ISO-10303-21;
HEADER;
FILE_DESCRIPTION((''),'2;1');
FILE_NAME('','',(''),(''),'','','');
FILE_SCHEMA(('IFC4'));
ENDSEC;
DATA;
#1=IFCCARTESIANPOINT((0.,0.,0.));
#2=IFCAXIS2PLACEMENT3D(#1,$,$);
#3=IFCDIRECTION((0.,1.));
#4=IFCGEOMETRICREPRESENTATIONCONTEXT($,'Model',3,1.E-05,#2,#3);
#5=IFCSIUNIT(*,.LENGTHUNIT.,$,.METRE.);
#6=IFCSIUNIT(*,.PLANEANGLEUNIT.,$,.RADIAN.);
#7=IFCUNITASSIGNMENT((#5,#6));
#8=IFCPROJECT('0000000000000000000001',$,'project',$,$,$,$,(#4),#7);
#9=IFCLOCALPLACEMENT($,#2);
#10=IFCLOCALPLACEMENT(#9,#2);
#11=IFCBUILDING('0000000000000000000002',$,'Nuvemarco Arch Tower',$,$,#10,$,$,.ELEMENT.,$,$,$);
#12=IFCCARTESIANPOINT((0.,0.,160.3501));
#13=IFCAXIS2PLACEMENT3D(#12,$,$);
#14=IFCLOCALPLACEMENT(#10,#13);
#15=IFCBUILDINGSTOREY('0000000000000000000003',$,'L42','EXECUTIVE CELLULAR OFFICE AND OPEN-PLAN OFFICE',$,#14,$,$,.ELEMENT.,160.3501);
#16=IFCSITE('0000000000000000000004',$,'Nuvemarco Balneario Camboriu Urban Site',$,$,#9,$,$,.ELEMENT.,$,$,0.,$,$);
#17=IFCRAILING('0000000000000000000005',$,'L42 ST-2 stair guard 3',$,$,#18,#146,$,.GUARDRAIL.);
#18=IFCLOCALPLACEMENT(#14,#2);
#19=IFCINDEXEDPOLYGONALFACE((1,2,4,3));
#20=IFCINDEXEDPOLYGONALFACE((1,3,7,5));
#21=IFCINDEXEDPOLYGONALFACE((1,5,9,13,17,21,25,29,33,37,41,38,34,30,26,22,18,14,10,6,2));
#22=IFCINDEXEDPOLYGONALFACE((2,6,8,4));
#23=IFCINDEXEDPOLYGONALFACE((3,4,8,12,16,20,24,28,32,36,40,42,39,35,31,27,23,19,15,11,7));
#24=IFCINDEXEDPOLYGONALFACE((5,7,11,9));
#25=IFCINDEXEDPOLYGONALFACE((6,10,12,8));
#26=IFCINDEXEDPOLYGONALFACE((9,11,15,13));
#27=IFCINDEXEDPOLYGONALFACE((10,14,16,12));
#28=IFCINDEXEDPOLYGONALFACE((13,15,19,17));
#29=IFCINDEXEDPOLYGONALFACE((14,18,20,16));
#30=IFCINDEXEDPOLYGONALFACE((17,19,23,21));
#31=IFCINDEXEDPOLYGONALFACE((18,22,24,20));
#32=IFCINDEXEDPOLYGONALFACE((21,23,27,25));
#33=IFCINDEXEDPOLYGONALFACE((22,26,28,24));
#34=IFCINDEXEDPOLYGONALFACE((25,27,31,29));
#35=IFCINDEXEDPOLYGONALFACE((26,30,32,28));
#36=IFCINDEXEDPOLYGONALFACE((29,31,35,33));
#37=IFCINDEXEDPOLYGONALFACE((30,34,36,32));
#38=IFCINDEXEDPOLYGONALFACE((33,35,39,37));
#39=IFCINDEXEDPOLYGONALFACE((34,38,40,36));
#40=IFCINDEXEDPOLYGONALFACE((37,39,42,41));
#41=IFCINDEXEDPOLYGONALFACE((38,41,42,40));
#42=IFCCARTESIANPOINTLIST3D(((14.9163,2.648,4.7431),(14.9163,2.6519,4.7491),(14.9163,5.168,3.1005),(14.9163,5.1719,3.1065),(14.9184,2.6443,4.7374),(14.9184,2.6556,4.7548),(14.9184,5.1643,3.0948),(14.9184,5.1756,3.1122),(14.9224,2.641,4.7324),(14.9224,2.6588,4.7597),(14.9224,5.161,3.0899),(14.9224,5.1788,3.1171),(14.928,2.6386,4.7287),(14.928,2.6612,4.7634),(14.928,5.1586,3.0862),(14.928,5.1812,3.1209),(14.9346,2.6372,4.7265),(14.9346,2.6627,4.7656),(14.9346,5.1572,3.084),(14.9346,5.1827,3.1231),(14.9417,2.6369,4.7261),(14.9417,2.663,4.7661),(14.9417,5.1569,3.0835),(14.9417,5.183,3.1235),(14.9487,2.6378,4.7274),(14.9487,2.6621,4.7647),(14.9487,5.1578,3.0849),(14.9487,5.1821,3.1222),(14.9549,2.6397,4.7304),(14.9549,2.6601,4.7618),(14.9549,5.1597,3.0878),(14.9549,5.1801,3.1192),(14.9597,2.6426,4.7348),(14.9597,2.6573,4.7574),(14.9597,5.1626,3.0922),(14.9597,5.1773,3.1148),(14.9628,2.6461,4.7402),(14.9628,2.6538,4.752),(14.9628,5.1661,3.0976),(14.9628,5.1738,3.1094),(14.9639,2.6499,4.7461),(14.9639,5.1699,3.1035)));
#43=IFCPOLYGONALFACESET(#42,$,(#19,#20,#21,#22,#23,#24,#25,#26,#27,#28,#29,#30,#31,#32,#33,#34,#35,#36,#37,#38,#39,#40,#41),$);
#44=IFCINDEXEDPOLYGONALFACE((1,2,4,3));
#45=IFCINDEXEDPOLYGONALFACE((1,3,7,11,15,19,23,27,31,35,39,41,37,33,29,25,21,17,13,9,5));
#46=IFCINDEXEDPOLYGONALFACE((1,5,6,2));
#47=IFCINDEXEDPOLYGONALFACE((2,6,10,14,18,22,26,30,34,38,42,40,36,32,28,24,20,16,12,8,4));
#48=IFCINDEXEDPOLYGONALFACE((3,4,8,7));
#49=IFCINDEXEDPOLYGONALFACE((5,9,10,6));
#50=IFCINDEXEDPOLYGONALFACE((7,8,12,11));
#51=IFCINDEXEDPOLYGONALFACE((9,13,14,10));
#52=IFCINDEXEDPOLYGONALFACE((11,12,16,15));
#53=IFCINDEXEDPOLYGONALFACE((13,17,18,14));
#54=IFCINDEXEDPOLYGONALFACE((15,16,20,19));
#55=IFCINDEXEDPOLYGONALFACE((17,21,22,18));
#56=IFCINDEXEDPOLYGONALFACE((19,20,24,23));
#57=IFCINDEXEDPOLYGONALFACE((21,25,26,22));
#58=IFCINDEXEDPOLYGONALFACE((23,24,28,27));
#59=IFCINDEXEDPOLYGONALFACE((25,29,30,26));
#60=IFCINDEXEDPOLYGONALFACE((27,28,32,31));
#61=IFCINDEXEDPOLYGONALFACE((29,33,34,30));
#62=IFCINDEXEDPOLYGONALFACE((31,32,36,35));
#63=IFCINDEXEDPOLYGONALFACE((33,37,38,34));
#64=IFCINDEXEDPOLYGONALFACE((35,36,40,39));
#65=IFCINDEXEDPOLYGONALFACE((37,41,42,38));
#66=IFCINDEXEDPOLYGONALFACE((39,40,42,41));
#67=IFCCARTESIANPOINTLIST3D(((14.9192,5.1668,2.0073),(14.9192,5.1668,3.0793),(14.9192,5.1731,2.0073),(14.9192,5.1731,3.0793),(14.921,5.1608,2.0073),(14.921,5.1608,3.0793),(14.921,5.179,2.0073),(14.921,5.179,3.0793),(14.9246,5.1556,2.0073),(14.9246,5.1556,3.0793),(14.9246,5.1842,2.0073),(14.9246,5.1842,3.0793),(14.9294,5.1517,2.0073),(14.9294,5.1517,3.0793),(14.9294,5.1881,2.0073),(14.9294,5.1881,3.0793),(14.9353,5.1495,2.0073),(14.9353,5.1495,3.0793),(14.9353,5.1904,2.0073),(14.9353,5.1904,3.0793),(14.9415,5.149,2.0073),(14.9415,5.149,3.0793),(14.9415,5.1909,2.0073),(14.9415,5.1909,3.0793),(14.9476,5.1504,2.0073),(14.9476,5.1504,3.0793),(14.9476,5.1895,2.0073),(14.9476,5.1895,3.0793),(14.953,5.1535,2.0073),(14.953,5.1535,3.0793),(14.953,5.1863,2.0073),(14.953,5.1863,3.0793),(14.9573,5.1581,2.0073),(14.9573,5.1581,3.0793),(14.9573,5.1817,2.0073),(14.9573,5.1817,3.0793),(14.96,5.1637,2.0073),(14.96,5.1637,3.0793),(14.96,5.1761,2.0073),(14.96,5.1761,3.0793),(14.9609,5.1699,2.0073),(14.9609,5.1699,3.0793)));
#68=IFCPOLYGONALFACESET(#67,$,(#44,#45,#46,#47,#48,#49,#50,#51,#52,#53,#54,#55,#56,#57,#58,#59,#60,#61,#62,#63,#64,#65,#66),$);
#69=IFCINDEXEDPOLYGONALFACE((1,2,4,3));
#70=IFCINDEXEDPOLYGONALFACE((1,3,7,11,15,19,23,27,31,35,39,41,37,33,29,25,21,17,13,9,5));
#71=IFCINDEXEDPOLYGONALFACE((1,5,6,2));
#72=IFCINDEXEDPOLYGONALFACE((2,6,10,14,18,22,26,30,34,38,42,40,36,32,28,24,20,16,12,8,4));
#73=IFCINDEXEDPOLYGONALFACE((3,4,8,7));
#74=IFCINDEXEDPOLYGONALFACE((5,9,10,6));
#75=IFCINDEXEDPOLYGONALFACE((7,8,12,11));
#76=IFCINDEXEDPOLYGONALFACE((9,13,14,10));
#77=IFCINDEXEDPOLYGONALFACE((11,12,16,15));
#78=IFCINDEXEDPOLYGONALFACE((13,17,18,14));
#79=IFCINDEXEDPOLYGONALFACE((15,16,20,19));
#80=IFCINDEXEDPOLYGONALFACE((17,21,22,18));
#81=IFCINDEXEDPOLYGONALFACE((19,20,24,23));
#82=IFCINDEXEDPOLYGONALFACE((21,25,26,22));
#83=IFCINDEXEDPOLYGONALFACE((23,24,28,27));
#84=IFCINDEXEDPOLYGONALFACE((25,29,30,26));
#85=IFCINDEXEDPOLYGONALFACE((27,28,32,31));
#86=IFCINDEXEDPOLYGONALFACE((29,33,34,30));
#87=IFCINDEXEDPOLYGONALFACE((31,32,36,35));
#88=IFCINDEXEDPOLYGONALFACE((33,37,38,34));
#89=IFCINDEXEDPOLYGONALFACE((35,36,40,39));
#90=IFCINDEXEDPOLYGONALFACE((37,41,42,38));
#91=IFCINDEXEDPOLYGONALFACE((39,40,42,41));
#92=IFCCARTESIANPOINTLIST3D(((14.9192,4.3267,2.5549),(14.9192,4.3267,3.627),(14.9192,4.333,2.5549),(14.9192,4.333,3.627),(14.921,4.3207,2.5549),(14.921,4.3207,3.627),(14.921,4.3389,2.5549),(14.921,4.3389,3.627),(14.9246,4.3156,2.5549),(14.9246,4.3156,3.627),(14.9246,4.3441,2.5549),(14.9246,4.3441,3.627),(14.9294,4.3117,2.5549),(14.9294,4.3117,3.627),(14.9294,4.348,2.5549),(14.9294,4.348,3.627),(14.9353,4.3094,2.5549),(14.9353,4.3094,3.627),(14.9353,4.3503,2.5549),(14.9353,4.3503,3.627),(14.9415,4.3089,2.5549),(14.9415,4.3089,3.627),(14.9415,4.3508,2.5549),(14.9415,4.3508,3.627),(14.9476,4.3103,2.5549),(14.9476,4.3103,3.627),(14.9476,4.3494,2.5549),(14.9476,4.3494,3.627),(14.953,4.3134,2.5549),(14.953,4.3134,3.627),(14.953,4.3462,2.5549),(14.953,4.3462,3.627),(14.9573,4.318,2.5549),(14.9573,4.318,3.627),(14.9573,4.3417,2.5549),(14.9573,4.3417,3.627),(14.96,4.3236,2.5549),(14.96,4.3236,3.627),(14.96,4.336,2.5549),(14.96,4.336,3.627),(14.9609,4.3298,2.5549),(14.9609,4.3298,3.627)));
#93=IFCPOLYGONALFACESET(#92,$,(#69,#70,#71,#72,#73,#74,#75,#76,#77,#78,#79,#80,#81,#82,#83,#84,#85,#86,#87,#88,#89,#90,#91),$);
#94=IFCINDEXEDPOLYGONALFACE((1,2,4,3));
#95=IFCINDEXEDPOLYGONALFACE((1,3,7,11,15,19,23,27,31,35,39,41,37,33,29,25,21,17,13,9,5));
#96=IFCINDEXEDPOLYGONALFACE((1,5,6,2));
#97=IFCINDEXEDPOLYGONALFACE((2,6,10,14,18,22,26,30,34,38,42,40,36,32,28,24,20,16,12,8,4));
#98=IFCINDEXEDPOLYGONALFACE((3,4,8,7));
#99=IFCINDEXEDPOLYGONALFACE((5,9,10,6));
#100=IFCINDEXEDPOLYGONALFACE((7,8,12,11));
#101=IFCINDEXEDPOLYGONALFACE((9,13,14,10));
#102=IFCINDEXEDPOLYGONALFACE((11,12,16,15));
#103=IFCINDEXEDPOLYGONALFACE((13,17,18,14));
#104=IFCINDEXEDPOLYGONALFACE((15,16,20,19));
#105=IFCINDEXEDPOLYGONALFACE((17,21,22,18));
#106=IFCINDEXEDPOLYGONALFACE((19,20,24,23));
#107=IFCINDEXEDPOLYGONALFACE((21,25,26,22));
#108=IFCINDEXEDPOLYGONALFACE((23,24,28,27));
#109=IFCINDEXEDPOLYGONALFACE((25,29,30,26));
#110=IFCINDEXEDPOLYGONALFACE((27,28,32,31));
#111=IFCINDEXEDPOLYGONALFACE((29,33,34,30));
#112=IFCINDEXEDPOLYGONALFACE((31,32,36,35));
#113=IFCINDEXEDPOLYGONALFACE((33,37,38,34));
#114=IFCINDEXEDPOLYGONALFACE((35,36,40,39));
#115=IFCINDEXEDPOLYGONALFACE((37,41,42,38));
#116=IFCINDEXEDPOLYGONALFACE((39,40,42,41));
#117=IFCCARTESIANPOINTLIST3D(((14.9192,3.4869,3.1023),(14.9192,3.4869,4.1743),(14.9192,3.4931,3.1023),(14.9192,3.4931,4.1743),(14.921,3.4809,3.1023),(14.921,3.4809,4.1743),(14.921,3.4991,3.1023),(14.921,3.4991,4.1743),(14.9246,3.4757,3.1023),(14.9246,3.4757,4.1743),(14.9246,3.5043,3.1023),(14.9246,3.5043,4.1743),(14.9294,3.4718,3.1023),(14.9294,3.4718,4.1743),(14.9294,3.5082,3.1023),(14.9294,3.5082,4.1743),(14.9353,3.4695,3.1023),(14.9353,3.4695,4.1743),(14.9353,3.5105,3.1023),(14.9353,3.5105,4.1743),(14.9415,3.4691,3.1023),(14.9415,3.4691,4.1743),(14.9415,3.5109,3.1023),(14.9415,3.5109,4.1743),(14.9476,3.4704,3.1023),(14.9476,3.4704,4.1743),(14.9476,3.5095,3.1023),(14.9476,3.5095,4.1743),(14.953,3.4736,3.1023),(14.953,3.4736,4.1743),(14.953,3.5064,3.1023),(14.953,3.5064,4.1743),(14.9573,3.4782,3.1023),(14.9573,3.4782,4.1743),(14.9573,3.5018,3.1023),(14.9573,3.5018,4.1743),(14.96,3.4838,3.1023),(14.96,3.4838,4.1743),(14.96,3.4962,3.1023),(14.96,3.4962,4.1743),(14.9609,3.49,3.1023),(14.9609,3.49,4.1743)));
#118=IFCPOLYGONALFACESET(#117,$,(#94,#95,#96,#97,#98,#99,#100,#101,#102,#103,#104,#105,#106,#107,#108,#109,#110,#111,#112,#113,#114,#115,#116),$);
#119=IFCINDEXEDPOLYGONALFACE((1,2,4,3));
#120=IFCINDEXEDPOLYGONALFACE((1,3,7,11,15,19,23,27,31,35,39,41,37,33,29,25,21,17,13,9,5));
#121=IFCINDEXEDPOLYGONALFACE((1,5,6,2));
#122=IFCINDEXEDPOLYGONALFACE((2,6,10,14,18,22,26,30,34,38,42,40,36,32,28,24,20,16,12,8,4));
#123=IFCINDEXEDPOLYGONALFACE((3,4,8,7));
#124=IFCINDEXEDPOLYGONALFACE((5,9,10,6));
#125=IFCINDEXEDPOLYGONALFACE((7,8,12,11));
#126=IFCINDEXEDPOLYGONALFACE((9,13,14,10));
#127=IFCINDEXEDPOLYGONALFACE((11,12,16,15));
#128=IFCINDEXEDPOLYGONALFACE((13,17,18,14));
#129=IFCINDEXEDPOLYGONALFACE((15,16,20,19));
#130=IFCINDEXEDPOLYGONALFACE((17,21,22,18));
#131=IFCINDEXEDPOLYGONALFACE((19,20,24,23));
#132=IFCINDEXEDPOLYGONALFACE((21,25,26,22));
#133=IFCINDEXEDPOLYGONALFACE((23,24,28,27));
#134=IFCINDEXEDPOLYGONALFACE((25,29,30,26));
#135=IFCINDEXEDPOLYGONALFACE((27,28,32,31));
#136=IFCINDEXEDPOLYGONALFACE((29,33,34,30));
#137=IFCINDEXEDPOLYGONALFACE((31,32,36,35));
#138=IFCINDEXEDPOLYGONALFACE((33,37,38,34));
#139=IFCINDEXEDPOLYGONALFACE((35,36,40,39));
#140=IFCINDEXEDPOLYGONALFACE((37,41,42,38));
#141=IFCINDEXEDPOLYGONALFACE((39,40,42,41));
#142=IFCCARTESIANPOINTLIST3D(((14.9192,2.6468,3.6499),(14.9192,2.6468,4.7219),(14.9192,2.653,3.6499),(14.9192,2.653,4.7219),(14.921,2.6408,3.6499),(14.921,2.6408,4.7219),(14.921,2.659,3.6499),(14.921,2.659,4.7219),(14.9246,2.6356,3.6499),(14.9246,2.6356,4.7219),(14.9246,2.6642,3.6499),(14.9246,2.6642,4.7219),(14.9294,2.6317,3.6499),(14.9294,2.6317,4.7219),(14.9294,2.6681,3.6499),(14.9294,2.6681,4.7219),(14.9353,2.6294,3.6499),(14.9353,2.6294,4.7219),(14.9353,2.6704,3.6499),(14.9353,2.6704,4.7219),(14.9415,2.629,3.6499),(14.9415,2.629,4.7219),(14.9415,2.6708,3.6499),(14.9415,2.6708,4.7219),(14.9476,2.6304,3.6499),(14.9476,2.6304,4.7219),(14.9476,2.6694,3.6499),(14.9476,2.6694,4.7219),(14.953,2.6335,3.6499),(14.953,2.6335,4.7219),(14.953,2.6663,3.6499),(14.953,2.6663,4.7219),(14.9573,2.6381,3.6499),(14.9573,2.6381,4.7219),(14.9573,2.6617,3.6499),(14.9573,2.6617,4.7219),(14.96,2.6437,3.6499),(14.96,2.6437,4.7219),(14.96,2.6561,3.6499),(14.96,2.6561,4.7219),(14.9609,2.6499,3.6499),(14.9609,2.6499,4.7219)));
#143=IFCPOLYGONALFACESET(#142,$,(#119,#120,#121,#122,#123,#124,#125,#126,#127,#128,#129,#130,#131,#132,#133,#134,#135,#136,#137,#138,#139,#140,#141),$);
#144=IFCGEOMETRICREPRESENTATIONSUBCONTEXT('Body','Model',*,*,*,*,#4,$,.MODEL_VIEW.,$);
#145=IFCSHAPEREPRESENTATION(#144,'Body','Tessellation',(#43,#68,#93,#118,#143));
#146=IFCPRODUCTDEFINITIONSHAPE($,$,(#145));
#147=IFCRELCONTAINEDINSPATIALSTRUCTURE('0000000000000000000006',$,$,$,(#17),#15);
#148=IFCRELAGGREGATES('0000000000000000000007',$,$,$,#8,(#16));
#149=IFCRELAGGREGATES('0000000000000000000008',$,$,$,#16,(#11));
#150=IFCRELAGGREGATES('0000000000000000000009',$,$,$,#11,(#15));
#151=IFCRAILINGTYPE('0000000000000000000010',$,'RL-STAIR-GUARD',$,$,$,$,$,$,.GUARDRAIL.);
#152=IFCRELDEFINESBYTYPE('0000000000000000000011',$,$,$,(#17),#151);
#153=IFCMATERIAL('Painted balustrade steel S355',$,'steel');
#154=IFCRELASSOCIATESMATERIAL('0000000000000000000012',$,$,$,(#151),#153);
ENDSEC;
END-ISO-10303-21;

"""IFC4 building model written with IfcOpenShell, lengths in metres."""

from ifc_helpers import new_model, si_unit, direction, frame, origin, origin_2d, place, context, subcontext, project, spatial, circle, extrude, material, type_object, element, save


model = new_model("IFC4")

# Units and contexts
model_context = context("Model", 3, precision=1e-05, world=origin(), true_north=direction((0.0, 1.0)))
body_context = subcontext(model_context, "Body", "Model", "MODEL_VIEW")
ifc_project = project(units=[si_unit("LENGTHUNIT", "METRE"), si_unit("PLANEANGLEUNIT", "RADIAN")], contexts=[model_context])

# Site, building, storey
site_placement = place(None, origin())
site = spatial("IfcSite", under=ifc_project, at=site_placement, Name="Nuvemarco Balneario Camboriu Urban Site", CompositionType="ELEMENT", RefElevation=0.0)
building_placement = place(site_placement, origin())
building = spatial("IfcBuilding", under=site, at=building_placement, Name="Nuvemarco Arch Tower", CompositionType="ELEMENT")
storey_placement = place(building_placement, frame((0.0, 0.0, 160.3501)))
storey = spatial("IfcBuildingStorey", under=building, at=storey_placement, Name="L42", Description="EXECUTIVE CELLULAR OFFICE AND OPEN-PLAN OFFICE", CompositionType="ELEMENT", Elevation=160.3501)

# Railing
ifc_material_1 = material(Name="Painted balustrade steel S355", Category="steel")
railing_type_1 = type_object("IfcRailingType", Name="RL-STAIR-GUARD", PredefinedType="GUARDRAIL", material=ifc_material_1)
railing_1_placement = place(storey_placement, frame((14.9399, 5.1699, 2.0073)))
element("IfcRailing", 1, at=railing_1_placement, inside=storey, type_object=railing_type_1, Name="L42 ST-2 stair guard 3", PredefinedType="GUARDRAIL", context=body_context, shape_type="SweptSolid", body=[
    extrude(circle(Radius=0.0239, at=origin_2d()), frame((0.0, 0.0, 1.0962), z_axis=(0.0, -0.837749, 0.546055), x_axis=(1.0, 0.0, 0.0)), (0.0, 0.0, 1.0), 3.0081),
    extrude(circle(Radius=0.021, at=origin_2d()), origin(), (0.0, 0.0, 1.0), 1.072),
    extrude(circle(Radius=0.021, at=origin_2d()), frame((0.0, -0.8401, 0.5476)), (0.0, 0.0, 1.0), 1.072),
    extrude(circle(Radius=0.021, at=origin_2d()), frame((0.0, -1.6799, 1.095)), (0.0, 0.0, 1.0), 1.072),
    extrude(circle(Radius=0.021, at=origin_2d()), frame((0.0, -2.52, 1.6426)), (0.0, 0.0, 1.0), 1.072),
])

save(model, "model.ifc")
